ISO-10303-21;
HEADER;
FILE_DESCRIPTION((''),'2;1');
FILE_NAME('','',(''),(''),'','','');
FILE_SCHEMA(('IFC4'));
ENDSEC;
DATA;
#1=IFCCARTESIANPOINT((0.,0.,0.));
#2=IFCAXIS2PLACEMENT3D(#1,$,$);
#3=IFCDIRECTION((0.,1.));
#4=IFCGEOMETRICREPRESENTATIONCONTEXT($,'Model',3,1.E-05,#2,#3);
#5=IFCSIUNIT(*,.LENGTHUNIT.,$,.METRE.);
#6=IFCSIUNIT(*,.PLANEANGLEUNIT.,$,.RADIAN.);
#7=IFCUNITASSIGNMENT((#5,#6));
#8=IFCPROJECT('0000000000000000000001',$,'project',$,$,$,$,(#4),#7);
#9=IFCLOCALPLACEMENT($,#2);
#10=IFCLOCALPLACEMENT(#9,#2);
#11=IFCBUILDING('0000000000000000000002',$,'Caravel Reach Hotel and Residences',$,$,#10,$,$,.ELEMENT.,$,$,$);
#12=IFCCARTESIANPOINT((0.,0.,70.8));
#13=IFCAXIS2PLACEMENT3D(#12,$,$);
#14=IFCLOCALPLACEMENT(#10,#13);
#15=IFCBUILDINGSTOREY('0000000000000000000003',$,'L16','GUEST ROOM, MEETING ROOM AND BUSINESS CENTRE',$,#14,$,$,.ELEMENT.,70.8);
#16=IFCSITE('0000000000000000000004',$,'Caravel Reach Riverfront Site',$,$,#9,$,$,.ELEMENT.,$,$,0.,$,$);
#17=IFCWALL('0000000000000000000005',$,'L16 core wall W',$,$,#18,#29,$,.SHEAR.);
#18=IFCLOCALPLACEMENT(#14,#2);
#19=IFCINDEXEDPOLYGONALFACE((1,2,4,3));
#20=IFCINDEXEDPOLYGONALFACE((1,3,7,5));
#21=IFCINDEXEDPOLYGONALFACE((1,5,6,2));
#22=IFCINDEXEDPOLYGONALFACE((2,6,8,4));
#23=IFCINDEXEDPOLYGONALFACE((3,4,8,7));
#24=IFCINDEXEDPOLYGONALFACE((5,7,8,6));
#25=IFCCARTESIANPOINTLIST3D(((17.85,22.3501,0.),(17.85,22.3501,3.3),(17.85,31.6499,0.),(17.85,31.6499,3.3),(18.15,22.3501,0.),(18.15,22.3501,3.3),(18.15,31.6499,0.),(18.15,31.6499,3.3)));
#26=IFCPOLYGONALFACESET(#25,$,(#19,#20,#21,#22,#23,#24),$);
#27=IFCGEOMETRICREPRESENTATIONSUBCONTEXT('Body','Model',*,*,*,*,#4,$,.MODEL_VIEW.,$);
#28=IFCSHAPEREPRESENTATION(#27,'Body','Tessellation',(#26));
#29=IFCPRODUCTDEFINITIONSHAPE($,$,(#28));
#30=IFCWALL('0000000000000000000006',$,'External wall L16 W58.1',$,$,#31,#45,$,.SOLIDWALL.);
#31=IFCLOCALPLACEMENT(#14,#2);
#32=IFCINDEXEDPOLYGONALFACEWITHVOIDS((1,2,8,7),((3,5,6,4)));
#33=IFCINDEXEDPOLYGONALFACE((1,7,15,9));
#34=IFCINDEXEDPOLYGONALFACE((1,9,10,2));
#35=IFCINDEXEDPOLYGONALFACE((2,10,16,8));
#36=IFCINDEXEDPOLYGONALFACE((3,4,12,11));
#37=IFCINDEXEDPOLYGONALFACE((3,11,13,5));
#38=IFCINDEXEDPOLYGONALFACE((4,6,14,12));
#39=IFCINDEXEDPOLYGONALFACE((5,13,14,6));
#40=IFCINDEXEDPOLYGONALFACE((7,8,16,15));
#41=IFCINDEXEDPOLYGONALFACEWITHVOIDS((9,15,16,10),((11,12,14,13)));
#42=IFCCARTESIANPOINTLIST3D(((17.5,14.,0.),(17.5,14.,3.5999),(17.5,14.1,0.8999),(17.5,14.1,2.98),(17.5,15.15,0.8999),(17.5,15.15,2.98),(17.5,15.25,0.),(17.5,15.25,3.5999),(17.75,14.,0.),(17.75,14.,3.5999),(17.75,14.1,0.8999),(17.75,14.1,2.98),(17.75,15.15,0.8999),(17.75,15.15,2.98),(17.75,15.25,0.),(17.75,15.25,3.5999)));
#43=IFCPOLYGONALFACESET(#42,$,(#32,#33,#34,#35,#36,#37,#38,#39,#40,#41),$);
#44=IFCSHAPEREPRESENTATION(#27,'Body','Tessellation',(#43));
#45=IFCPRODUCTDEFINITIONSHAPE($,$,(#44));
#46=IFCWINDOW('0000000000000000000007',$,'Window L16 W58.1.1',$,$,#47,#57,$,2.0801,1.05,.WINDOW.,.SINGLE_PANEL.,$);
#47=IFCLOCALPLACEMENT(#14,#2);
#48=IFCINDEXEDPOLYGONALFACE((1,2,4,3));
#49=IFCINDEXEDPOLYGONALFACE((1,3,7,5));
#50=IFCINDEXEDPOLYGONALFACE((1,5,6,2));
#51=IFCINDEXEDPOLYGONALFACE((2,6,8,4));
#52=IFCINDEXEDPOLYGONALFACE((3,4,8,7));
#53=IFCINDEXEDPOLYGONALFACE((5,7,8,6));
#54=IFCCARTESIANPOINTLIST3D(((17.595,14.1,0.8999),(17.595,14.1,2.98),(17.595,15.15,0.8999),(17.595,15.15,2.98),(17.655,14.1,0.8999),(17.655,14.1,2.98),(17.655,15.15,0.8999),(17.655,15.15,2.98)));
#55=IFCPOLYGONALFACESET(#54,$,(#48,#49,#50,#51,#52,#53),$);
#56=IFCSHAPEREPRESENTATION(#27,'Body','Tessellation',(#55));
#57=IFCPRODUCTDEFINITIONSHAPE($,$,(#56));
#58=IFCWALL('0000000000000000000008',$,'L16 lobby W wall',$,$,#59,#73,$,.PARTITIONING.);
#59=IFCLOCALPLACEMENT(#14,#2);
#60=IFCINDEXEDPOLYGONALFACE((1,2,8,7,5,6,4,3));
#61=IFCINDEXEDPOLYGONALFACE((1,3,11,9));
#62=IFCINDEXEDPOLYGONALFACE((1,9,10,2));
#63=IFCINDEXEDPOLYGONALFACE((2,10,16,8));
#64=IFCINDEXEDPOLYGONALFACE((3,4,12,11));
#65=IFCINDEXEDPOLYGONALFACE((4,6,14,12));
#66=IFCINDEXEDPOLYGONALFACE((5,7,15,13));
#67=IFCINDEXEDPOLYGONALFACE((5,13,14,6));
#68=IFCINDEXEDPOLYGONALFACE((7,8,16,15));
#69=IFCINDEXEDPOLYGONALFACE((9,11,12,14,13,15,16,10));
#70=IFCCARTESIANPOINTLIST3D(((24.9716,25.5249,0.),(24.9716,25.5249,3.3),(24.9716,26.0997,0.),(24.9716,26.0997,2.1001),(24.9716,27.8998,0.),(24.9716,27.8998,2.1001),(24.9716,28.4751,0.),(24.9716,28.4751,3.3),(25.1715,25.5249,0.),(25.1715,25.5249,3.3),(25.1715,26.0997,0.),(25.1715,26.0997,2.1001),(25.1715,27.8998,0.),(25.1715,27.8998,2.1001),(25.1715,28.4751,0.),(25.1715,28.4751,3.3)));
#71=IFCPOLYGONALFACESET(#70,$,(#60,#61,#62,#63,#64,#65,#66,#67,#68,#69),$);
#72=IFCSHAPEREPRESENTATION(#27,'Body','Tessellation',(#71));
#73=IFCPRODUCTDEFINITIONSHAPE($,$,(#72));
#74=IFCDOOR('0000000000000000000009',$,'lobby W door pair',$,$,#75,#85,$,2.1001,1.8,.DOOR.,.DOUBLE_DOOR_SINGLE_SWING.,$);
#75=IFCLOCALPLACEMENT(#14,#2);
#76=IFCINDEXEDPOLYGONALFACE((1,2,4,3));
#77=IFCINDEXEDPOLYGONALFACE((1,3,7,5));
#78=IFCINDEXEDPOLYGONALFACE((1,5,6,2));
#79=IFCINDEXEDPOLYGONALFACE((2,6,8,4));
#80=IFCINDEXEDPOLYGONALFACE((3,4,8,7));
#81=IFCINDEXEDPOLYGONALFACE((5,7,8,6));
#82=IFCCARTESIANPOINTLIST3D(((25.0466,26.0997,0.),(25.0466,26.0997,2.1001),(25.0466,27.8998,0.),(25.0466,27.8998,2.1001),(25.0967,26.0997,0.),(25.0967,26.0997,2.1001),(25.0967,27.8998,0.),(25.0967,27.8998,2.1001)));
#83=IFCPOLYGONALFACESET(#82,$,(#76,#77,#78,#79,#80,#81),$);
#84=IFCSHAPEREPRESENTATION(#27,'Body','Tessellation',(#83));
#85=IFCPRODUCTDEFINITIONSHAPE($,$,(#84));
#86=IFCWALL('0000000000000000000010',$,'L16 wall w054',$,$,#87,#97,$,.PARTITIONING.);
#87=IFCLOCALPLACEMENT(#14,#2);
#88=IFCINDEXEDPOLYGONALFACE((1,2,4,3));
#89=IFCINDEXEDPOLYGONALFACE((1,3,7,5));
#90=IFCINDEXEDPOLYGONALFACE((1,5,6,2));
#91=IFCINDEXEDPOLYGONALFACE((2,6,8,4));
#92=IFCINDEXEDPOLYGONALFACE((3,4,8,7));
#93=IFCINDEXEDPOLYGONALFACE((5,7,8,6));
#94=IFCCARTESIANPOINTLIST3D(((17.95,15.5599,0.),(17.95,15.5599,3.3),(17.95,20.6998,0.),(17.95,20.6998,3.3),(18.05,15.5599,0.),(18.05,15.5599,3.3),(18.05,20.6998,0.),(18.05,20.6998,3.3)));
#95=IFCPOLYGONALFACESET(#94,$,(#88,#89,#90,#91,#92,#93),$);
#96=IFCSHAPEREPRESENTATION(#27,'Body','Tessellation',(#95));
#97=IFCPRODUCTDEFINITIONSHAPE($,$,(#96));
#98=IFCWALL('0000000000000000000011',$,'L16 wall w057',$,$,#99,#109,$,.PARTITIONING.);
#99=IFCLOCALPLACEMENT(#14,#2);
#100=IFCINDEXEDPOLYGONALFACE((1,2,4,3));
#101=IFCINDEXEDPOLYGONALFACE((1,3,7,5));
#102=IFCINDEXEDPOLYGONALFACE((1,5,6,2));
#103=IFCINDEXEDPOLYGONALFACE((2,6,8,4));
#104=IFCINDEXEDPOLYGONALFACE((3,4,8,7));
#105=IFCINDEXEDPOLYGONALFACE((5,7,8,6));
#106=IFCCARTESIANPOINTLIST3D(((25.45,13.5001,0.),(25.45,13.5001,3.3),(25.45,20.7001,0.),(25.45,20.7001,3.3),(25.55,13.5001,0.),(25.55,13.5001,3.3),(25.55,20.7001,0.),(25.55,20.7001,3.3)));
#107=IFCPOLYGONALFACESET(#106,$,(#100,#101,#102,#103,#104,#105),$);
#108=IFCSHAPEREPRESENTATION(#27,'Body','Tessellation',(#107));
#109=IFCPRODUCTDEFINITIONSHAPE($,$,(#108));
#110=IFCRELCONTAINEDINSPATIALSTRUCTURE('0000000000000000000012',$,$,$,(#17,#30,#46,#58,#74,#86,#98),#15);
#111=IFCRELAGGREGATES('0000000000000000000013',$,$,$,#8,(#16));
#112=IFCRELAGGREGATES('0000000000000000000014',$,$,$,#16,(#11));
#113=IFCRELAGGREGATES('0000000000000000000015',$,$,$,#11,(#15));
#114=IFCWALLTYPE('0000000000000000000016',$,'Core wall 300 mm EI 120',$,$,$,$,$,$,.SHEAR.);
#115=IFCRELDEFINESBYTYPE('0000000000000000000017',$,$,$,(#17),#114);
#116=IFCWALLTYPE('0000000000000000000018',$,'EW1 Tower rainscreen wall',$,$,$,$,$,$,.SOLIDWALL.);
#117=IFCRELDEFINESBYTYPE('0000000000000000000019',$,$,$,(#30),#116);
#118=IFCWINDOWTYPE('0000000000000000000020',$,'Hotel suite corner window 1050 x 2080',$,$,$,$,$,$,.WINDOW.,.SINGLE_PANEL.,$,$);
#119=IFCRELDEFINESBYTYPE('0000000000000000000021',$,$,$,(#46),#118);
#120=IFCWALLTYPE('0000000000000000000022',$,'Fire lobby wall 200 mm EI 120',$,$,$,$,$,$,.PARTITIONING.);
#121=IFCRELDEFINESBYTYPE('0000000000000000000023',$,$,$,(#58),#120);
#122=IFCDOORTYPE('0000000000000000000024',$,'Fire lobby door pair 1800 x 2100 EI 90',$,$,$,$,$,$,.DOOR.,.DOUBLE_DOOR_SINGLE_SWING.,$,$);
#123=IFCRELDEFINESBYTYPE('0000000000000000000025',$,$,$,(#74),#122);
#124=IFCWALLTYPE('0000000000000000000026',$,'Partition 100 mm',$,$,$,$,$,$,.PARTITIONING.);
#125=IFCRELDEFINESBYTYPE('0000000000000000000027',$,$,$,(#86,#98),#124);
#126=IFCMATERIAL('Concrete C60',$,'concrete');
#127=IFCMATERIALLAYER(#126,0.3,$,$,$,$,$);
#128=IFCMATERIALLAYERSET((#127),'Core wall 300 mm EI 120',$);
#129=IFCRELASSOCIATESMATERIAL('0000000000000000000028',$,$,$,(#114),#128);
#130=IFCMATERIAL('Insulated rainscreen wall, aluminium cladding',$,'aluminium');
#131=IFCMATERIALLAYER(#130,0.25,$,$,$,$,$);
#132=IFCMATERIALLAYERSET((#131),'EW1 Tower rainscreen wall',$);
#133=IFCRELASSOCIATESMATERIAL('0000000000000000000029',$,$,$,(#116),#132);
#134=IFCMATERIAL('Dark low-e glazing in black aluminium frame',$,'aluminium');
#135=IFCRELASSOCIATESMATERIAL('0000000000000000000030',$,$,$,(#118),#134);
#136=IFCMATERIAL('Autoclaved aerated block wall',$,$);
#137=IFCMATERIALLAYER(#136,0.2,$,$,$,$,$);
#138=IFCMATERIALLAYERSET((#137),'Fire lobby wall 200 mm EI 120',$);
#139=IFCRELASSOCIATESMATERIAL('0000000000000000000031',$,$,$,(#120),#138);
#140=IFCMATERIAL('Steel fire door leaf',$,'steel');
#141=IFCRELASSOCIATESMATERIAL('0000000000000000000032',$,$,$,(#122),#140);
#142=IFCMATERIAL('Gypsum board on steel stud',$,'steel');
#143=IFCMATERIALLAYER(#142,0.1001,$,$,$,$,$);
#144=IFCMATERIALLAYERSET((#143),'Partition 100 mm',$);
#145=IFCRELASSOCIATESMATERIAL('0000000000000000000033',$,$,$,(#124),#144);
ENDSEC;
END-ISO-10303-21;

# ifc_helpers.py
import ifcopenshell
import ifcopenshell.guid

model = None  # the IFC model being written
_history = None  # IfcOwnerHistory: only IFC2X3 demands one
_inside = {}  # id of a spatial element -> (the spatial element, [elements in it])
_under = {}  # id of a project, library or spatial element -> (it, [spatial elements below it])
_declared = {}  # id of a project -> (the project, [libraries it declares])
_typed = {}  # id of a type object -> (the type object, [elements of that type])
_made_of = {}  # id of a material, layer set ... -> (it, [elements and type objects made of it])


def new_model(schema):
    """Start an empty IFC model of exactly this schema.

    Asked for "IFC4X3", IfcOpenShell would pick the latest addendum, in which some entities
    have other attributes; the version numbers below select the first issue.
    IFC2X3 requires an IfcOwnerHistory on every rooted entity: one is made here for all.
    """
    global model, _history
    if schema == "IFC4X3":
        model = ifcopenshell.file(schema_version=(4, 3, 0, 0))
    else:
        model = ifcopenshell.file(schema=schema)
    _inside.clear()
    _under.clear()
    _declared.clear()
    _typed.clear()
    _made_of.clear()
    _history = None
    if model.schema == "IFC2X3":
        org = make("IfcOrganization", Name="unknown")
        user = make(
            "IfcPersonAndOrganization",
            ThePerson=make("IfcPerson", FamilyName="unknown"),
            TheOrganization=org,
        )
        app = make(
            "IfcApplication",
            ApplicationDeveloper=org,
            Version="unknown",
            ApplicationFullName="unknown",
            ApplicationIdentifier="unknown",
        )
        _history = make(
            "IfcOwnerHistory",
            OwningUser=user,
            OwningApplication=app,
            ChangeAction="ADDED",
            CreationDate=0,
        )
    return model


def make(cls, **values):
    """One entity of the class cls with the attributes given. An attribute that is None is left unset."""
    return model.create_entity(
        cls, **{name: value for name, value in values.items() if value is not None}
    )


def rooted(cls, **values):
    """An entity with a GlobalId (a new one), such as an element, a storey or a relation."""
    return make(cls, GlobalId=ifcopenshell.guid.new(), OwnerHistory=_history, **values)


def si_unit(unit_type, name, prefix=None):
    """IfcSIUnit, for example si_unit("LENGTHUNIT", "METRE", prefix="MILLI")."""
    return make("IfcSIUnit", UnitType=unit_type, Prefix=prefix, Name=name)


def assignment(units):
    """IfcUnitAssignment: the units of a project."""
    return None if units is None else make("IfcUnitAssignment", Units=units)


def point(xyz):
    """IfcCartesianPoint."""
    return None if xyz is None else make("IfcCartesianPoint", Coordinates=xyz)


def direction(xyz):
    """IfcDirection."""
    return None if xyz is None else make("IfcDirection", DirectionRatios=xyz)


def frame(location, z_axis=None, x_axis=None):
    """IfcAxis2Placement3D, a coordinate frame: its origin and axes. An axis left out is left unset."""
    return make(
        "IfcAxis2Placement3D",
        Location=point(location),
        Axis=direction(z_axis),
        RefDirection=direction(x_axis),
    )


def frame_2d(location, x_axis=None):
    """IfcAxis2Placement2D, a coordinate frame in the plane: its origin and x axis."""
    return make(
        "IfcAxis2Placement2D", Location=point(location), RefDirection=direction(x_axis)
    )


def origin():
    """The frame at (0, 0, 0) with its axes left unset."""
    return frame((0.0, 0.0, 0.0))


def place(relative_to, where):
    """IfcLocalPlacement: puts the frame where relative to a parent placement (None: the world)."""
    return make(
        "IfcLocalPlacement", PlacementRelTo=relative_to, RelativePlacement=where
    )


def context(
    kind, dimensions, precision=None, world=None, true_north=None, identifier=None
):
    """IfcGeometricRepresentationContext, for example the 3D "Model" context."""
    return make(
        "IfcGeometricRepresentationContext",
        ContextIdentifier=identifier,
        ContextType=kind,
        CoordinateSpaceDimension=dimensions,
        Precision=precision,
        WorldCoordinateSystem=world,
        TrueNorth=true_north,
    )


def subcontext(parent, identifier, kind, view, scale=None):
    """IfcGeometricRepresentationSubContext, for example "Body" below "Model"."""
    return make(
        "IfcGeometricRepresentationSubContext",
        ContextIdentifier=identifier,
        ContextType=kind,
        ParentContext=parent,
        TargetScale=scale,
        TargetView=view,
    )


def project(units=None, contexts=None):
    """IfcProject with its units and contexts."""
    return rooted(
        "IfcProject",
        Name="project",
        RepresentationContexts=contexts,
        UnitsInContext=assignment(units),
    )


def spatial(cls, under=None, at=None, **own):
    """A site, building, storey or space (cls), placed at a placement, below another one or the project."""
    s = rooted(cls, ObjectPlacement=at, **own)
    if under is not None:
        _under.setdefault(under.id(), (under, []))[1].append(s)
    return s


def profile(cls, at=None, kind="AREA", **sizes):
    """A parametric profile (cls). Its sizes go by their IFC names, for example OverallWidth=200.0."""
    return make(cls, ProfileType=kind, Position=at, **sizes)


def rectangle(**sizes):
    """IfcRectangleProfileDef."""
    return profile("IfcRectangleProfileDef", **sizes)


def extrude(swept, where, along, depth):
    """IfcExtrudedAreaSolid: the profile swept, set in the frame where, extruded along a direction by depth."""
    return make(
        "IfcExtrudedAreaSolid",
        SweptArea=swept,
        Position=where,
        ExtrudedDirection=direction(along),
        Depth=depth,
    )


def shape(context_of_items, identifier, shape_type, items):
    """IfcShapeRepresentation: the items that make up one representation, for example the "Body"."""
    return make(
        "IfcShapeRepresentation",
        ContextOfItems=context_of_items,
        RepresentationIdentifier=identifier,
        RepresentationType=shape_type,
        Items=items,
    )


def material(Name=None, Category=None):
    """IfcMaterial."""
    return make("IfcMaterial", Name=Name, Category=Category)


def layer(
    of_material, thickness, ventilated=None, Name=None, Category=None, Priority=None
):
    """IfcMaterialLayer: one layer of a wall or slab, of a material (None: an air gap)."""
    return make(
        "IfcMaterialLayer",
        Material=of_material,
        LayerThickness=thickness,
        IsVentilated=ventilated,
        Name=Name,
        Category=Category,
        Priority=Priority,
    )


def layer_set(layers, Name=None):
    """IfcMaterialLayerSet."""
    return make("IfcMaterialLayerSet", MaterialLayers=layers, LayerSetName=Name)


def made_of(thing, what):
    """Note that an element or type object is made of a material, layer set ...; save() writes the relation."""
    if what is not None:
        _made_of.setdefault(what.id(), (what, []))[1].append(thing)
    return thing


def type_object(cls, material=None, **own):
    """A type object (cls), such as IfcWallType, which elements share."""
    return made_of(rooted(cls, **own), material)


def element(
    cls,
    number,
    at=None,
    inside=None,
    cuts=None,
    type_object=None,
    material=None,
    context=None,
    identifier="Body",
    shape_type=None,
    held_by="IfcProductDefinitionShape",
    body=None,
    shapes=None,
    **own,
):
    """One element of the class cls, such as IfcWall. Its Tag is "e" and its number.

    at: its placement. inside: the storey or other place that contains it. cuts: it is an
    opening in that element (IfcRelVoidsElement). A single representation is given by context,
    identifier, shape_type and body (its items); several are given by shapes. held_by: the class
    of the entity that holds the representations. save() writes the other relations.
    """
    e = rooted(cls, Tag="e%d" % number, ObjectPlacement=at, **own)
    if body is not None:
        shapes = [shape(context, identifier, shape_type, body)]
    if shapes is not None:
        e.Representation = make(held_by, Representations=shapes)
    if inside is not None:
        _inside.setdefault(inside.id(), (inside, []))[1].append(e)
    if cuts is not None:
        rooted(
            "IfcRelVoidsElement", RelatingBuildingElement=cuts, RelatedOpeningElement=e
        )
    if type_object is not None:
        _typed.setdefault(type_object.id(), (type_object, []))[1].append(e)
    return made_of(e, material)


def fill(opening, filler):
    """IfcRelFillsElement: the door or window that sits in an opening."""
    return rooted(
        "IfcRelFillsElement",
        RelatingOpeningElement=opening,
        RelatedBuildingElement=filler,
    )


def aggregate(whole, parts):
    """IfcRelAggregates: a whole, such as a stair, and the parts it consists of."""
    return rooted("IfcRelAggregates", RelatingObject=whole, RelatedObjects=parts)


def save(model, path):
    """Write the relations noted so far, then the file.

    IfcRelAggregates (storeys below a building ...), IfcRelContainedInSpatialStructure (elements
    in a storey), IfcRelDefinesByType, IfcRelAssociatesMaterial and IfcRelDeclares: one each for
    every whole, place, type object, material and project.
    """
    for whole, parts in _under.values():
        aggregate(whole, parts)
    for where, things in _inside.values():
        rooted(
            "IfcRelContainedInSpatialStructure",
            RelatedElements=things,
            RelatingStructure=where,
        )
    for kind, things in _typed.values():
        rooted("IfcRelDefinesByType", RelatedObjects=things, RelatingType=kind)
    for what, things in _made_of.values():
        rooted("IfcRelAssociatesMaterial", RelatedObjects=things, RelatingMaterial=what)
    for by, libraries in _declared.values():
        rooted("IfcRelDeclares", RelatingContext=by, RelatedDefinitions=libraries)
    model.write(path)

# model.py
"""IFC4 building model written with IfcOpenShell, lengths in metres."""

from ifc_helpers import new_model, si_unit, direction, frame, frame_2d, origin, place, context, subcontext, project, spatial, rectangle, extrude, material, layer, layer_set, type_object, element, fill, save


model = new_model("IFC4")

# Units and contexts
model_context = context("Model", 3, precision=1e-05, world=origin(), true_north=direction((0.0, 1.0)))
body_context = subcontext(model_context, "Body", "Model", "MODEL_VIEW")
ifc_project = project(units=[si_unit("LENGTHUNIT", "METRE"), si_unit("PLANEANGLEUNIT", "RADIAN")], contexts=[model_context])

# Site, building, storey
site_placement = place(None, origin())
site = spatial("IfcSite", under=ifc_project, at=site_placement, Name="Caravel Reach Riverfront Site", CompositionType="ELEMENT", RefElevation=0.0)
building_placement = place(site_placement, origin())
building = spatial("IfcBuilding", under=site, at=building_placement, Name="Caravel Reach Hotel and Residences", CompositionType="ELEMENT")
storey_placement = place(building_placement, frame((0.0, 0.0, 70.8)))
storey = spatial("IfcBuildingStorey", under=building, at=storey_placement, Name="L16", Description="GUEST ROOM, MEETING ROOM AND BUSINESS CENTRE", CompositionType="ELEMENT", Elevation=70.8)

# Wall
ifc_material_1 = material(Name="Concrete C60", Category="concrete")
ifc_layer_1 = layer(ifc_material_1, 0.3)
ifc_layer_set_1 = layer_set([ifc_layer_1], Name="Core wall 300 mm EI 120")
wall_type_1 = type_object("IfcWallType", Name="Core wall 300 mm EI 120", PredefinedType="SHEAR", material=ifc_layer_set_1)
wall_1_placement = place(storey_placement, frame((18.0, 22.3501, 0.0), z_axis=(0.0, 0.0, 1.0), x_axis=(0.0, 1.0, 0.0)))
element("IfcWall", 1, at=wall_1_placement, inside=storey, type_object=wall_type_1, Name="L16 core wall W", PredefinedType="SHEAR", context=body_context, shape_type="SweptSolid", body=[
    extrude(rectangle(XDim=9.2998, YDim=0.3, at=frame_2d((4.6499, 0.0))), origin(), (0.0, 0.0, 1.0), 3.3),
])

# Wall, opening, window
ifc_material_2 = material(Name="Insulated rainscreen wall, aluminium cladding", Category="aluminium")
ifc_layer_2 = layer(ifc_material_2, 0.25)
ifc_layer_set_2 = layer_set([ifc_layer_2], Name="EW1 Tower rainscreen wall")
wall_type_2 = type_object("IfcWallType", Name="EW1 Tower rainscreen wall", PredefinedType="SOLIDWALL", material=ifc_layer_set_2)
wall_2_placement = place(storey_placement, frame((17.625, 15.25, 0.0), z_axis=(0.0, 0.0, 1.0), x_axis=(0.0, -1.0, 0.0)))
wall_2 = element("IfcWall", 2, at=wall_2_placement, inside=storey, type_object=wall_type_2, Name="External wall L16 W58.1", PredefinedType="SOLIDWALL", context=body_context, shape_type="SweptSolid", body=[
    extrude(rectangle(XDim=1.25, YDim=0.25, at=frame_2d((0.625, 0.0))), origin(), (0.0, 0.0, 1.0), 3.5999),
])
opening_1_placement = place(wall_2_placement, frame((0.1001, 0.0, 0.8999)))
opening_1 = element("IfcOpeningElement", 3, at=opening_1_placement, cuts=wall_2, PredefinedType="OPENING", context=body_context, shape_type="SweptSolid", body=[
    extrude(rectangle(XDim=1.05, YDim=2.0801, at=frame_2d((0.5249, 1.04))), frame((0.0, 0.135, 0.0), z_axis=(0.0, -1.0, 0.0), x_axis=(1.0, 0.0, 0.0)), (0.0, 0.0, 1.0), 0.27),
])
ifc_material_3 = material(Name="Dark low-e glazing in black aluminium frame", Category="aluminium")
window_type = type_object("IfcWindowType", Name="Hotel suite corner window 1050 x 2080", PartitioningType="SINGLE_PANEL", PredefinedType="WINDOW", material=ifc_material_3)
window_placement = place(opening_1_placement, origin())
window = element("IfcWindow", 4, at=window_placement, inside=storey, type_object=window_type, Name="Window L16 W58.1.1", OverallHeight=2.0801, OverallWidth=1.05, PartitioningType="SINGLE_PANEL", PredefinedType="WINDOW", context=body_context, shape_type="SweptSolid", body=[
    extrude(rectangle(XDim=1.05, YDim=2.0801, at=frame_2d((0.5249, 1.04))), frame((0.0, 0.03, 0.0), z_axis=(0.0, -1.0, 0.0), x_axis=(1.0, 0.0, 0.0)), (0.0, 0.0, 1.0), 0.0601),
])
fill(opening_1, window)

# Wall, opening, door
ifc_material_4 = material(Name="Autoclaved aerated block wall")
ifc_layer_3 = layer(ifc_material_4, 0.2)
ifc_layer_set_3 = layer_set([ifc_layer_3], Name="Fire lobby wall 200 mm EI 120")
wall_type_3 = type_object("IfcWallType", Name="Fire lobby wall 200 mm EI 120", PredefinedType="PARTITIONING", material=ifc_layer_set_3)
wall_3_placement = place(storey_placement, frame((25.0715, 25.5249, 0.0), z_axis=(0.0, 0.0, 1.0), x_axis=(0.0, 1.0, 0.0)))
wall_3 = element("IfcWall", 5, at=wall_3_placement, inside=storey, type_object=wall_type_3, Name="L16 lobby W wall", PredefinedType="PARTITIONING", context=body_context, shape_type="SweptSolid", body=[
    extrude(rectangle(XDim=2.9502, YDim=0.2, at=frame_2d((1.4751, 0.0))), origin(), (0.0, 0.0, 1.0), 3.3),
])
opening_2_placement = place(wall_3_placement, frame((0.575, 0.0, 0.0)))
opening_2 = element("IfcOpeningElement", 6, at=opening_2_placement, cuts=wall_3, PredefinedType="OPENING", context=body_context, shape_type="SweptSolid", body=[
    extrude(rectangle(XDim=1.8, YDim=2.1001, at=frame_2d((0.8999, 1.05))), frame((0.0, 0.1099, 0.0), z_axis=(0.0, -1.0, 0.0), x_axis=(1.0, 0.0, 0.0)), (0.0, 0.0, 1.0), 0.22),
])
ifc_material_5 = material(Name="Steel fire door leaf", Category="steel")
door_type_1 = type_object("IfcDoorType", Name="Fire lobby door pair 1800 x 2100 EI 90", OperationType="DOUBLE_DOOR_SINGLE_SWING", PredefinedType="DOOR", material=ifc_material_5)
door_1_placement = place(opening_2_placement, origin())
door_1 = element("IfcDoor", 7, at=door_1_placement, inside=storey, type_object=door_type_1, Name="lobby W door pair", OperationType="DOUBLE_DOOR_SINGLE_SWING", OverallHeight=2.1001, OverallWidth=1.8, PredefinedType="DOOR", context=body_context, shape_type="SweptSolid", body=[
    extrude(rectangle(XDim=1.8, YDim=2.1001, at=frame_2d((0.8999, 1.05))), frame((0.0, 0.0249, 0.0), z_axis=(0.0, -1.0, 0.0), x_axis=(1.0, 0.0, 0.0)), (0.0, 0.0, 1.0), 0.05),
])
fill(opening_2, door_1)

# Walls
ifc_material_6 = material(Name="Gypsum board on steel stud", Category="steel")
ifc_layer_4 = layer(ifc_material_6, 0.1001)
ifc_layer_set_4 = layer_set([ifc_layer_4], Name="Partition 100 mm")
wall_type_4 = type_object("IfcWallType", Name="Partition 100 mm", PredefinedType="PARTITIONING", material=ifc_layer_set_4)
wall_4_placement = place(storey_placement, frame((18.0, 15.5601, 0.0), z_axis=(0.0, 0.0, 1.0), x_axis=(0.0, 1.0, 0.0)))
element("IfcWall", 8, at=wall_4_placement, inside=storey, type_object=wall_type_4, Name="L16 wall w054", PredefinedType="PARTITIONING", context=body_context, shape_type="SweptSolid", body=[
    extrude(rectangle(XDim=5.1399, YDim=0.1001, at=frame_2d((2.5698, 0.0))), origin(), (0.0, 0.0, 1.0), 3.3),
])
wall_5_placement = place(storey_placement, frame((25.5, 13.5, 0.0), z_axis=(0.0, 0.0, 1.0), x_axis=(0.0, 1.0, 0.0)))
element("IfcWall", 9, at=wall_5_placement, inside=storey, type_object=wall_type_4, Name="L16 wall w057", PredefinedType="PARTITIONING", context=body_context, shape_type="SweptSolid", body=[
    extrude(rectangle(XDim=7.2, YDim=0.1001, at=frame_2d((3.6001, 0.0))), origin(), (0.0, 0.0, 1.0), 3.3),
])

save(model, "model.ifc")
